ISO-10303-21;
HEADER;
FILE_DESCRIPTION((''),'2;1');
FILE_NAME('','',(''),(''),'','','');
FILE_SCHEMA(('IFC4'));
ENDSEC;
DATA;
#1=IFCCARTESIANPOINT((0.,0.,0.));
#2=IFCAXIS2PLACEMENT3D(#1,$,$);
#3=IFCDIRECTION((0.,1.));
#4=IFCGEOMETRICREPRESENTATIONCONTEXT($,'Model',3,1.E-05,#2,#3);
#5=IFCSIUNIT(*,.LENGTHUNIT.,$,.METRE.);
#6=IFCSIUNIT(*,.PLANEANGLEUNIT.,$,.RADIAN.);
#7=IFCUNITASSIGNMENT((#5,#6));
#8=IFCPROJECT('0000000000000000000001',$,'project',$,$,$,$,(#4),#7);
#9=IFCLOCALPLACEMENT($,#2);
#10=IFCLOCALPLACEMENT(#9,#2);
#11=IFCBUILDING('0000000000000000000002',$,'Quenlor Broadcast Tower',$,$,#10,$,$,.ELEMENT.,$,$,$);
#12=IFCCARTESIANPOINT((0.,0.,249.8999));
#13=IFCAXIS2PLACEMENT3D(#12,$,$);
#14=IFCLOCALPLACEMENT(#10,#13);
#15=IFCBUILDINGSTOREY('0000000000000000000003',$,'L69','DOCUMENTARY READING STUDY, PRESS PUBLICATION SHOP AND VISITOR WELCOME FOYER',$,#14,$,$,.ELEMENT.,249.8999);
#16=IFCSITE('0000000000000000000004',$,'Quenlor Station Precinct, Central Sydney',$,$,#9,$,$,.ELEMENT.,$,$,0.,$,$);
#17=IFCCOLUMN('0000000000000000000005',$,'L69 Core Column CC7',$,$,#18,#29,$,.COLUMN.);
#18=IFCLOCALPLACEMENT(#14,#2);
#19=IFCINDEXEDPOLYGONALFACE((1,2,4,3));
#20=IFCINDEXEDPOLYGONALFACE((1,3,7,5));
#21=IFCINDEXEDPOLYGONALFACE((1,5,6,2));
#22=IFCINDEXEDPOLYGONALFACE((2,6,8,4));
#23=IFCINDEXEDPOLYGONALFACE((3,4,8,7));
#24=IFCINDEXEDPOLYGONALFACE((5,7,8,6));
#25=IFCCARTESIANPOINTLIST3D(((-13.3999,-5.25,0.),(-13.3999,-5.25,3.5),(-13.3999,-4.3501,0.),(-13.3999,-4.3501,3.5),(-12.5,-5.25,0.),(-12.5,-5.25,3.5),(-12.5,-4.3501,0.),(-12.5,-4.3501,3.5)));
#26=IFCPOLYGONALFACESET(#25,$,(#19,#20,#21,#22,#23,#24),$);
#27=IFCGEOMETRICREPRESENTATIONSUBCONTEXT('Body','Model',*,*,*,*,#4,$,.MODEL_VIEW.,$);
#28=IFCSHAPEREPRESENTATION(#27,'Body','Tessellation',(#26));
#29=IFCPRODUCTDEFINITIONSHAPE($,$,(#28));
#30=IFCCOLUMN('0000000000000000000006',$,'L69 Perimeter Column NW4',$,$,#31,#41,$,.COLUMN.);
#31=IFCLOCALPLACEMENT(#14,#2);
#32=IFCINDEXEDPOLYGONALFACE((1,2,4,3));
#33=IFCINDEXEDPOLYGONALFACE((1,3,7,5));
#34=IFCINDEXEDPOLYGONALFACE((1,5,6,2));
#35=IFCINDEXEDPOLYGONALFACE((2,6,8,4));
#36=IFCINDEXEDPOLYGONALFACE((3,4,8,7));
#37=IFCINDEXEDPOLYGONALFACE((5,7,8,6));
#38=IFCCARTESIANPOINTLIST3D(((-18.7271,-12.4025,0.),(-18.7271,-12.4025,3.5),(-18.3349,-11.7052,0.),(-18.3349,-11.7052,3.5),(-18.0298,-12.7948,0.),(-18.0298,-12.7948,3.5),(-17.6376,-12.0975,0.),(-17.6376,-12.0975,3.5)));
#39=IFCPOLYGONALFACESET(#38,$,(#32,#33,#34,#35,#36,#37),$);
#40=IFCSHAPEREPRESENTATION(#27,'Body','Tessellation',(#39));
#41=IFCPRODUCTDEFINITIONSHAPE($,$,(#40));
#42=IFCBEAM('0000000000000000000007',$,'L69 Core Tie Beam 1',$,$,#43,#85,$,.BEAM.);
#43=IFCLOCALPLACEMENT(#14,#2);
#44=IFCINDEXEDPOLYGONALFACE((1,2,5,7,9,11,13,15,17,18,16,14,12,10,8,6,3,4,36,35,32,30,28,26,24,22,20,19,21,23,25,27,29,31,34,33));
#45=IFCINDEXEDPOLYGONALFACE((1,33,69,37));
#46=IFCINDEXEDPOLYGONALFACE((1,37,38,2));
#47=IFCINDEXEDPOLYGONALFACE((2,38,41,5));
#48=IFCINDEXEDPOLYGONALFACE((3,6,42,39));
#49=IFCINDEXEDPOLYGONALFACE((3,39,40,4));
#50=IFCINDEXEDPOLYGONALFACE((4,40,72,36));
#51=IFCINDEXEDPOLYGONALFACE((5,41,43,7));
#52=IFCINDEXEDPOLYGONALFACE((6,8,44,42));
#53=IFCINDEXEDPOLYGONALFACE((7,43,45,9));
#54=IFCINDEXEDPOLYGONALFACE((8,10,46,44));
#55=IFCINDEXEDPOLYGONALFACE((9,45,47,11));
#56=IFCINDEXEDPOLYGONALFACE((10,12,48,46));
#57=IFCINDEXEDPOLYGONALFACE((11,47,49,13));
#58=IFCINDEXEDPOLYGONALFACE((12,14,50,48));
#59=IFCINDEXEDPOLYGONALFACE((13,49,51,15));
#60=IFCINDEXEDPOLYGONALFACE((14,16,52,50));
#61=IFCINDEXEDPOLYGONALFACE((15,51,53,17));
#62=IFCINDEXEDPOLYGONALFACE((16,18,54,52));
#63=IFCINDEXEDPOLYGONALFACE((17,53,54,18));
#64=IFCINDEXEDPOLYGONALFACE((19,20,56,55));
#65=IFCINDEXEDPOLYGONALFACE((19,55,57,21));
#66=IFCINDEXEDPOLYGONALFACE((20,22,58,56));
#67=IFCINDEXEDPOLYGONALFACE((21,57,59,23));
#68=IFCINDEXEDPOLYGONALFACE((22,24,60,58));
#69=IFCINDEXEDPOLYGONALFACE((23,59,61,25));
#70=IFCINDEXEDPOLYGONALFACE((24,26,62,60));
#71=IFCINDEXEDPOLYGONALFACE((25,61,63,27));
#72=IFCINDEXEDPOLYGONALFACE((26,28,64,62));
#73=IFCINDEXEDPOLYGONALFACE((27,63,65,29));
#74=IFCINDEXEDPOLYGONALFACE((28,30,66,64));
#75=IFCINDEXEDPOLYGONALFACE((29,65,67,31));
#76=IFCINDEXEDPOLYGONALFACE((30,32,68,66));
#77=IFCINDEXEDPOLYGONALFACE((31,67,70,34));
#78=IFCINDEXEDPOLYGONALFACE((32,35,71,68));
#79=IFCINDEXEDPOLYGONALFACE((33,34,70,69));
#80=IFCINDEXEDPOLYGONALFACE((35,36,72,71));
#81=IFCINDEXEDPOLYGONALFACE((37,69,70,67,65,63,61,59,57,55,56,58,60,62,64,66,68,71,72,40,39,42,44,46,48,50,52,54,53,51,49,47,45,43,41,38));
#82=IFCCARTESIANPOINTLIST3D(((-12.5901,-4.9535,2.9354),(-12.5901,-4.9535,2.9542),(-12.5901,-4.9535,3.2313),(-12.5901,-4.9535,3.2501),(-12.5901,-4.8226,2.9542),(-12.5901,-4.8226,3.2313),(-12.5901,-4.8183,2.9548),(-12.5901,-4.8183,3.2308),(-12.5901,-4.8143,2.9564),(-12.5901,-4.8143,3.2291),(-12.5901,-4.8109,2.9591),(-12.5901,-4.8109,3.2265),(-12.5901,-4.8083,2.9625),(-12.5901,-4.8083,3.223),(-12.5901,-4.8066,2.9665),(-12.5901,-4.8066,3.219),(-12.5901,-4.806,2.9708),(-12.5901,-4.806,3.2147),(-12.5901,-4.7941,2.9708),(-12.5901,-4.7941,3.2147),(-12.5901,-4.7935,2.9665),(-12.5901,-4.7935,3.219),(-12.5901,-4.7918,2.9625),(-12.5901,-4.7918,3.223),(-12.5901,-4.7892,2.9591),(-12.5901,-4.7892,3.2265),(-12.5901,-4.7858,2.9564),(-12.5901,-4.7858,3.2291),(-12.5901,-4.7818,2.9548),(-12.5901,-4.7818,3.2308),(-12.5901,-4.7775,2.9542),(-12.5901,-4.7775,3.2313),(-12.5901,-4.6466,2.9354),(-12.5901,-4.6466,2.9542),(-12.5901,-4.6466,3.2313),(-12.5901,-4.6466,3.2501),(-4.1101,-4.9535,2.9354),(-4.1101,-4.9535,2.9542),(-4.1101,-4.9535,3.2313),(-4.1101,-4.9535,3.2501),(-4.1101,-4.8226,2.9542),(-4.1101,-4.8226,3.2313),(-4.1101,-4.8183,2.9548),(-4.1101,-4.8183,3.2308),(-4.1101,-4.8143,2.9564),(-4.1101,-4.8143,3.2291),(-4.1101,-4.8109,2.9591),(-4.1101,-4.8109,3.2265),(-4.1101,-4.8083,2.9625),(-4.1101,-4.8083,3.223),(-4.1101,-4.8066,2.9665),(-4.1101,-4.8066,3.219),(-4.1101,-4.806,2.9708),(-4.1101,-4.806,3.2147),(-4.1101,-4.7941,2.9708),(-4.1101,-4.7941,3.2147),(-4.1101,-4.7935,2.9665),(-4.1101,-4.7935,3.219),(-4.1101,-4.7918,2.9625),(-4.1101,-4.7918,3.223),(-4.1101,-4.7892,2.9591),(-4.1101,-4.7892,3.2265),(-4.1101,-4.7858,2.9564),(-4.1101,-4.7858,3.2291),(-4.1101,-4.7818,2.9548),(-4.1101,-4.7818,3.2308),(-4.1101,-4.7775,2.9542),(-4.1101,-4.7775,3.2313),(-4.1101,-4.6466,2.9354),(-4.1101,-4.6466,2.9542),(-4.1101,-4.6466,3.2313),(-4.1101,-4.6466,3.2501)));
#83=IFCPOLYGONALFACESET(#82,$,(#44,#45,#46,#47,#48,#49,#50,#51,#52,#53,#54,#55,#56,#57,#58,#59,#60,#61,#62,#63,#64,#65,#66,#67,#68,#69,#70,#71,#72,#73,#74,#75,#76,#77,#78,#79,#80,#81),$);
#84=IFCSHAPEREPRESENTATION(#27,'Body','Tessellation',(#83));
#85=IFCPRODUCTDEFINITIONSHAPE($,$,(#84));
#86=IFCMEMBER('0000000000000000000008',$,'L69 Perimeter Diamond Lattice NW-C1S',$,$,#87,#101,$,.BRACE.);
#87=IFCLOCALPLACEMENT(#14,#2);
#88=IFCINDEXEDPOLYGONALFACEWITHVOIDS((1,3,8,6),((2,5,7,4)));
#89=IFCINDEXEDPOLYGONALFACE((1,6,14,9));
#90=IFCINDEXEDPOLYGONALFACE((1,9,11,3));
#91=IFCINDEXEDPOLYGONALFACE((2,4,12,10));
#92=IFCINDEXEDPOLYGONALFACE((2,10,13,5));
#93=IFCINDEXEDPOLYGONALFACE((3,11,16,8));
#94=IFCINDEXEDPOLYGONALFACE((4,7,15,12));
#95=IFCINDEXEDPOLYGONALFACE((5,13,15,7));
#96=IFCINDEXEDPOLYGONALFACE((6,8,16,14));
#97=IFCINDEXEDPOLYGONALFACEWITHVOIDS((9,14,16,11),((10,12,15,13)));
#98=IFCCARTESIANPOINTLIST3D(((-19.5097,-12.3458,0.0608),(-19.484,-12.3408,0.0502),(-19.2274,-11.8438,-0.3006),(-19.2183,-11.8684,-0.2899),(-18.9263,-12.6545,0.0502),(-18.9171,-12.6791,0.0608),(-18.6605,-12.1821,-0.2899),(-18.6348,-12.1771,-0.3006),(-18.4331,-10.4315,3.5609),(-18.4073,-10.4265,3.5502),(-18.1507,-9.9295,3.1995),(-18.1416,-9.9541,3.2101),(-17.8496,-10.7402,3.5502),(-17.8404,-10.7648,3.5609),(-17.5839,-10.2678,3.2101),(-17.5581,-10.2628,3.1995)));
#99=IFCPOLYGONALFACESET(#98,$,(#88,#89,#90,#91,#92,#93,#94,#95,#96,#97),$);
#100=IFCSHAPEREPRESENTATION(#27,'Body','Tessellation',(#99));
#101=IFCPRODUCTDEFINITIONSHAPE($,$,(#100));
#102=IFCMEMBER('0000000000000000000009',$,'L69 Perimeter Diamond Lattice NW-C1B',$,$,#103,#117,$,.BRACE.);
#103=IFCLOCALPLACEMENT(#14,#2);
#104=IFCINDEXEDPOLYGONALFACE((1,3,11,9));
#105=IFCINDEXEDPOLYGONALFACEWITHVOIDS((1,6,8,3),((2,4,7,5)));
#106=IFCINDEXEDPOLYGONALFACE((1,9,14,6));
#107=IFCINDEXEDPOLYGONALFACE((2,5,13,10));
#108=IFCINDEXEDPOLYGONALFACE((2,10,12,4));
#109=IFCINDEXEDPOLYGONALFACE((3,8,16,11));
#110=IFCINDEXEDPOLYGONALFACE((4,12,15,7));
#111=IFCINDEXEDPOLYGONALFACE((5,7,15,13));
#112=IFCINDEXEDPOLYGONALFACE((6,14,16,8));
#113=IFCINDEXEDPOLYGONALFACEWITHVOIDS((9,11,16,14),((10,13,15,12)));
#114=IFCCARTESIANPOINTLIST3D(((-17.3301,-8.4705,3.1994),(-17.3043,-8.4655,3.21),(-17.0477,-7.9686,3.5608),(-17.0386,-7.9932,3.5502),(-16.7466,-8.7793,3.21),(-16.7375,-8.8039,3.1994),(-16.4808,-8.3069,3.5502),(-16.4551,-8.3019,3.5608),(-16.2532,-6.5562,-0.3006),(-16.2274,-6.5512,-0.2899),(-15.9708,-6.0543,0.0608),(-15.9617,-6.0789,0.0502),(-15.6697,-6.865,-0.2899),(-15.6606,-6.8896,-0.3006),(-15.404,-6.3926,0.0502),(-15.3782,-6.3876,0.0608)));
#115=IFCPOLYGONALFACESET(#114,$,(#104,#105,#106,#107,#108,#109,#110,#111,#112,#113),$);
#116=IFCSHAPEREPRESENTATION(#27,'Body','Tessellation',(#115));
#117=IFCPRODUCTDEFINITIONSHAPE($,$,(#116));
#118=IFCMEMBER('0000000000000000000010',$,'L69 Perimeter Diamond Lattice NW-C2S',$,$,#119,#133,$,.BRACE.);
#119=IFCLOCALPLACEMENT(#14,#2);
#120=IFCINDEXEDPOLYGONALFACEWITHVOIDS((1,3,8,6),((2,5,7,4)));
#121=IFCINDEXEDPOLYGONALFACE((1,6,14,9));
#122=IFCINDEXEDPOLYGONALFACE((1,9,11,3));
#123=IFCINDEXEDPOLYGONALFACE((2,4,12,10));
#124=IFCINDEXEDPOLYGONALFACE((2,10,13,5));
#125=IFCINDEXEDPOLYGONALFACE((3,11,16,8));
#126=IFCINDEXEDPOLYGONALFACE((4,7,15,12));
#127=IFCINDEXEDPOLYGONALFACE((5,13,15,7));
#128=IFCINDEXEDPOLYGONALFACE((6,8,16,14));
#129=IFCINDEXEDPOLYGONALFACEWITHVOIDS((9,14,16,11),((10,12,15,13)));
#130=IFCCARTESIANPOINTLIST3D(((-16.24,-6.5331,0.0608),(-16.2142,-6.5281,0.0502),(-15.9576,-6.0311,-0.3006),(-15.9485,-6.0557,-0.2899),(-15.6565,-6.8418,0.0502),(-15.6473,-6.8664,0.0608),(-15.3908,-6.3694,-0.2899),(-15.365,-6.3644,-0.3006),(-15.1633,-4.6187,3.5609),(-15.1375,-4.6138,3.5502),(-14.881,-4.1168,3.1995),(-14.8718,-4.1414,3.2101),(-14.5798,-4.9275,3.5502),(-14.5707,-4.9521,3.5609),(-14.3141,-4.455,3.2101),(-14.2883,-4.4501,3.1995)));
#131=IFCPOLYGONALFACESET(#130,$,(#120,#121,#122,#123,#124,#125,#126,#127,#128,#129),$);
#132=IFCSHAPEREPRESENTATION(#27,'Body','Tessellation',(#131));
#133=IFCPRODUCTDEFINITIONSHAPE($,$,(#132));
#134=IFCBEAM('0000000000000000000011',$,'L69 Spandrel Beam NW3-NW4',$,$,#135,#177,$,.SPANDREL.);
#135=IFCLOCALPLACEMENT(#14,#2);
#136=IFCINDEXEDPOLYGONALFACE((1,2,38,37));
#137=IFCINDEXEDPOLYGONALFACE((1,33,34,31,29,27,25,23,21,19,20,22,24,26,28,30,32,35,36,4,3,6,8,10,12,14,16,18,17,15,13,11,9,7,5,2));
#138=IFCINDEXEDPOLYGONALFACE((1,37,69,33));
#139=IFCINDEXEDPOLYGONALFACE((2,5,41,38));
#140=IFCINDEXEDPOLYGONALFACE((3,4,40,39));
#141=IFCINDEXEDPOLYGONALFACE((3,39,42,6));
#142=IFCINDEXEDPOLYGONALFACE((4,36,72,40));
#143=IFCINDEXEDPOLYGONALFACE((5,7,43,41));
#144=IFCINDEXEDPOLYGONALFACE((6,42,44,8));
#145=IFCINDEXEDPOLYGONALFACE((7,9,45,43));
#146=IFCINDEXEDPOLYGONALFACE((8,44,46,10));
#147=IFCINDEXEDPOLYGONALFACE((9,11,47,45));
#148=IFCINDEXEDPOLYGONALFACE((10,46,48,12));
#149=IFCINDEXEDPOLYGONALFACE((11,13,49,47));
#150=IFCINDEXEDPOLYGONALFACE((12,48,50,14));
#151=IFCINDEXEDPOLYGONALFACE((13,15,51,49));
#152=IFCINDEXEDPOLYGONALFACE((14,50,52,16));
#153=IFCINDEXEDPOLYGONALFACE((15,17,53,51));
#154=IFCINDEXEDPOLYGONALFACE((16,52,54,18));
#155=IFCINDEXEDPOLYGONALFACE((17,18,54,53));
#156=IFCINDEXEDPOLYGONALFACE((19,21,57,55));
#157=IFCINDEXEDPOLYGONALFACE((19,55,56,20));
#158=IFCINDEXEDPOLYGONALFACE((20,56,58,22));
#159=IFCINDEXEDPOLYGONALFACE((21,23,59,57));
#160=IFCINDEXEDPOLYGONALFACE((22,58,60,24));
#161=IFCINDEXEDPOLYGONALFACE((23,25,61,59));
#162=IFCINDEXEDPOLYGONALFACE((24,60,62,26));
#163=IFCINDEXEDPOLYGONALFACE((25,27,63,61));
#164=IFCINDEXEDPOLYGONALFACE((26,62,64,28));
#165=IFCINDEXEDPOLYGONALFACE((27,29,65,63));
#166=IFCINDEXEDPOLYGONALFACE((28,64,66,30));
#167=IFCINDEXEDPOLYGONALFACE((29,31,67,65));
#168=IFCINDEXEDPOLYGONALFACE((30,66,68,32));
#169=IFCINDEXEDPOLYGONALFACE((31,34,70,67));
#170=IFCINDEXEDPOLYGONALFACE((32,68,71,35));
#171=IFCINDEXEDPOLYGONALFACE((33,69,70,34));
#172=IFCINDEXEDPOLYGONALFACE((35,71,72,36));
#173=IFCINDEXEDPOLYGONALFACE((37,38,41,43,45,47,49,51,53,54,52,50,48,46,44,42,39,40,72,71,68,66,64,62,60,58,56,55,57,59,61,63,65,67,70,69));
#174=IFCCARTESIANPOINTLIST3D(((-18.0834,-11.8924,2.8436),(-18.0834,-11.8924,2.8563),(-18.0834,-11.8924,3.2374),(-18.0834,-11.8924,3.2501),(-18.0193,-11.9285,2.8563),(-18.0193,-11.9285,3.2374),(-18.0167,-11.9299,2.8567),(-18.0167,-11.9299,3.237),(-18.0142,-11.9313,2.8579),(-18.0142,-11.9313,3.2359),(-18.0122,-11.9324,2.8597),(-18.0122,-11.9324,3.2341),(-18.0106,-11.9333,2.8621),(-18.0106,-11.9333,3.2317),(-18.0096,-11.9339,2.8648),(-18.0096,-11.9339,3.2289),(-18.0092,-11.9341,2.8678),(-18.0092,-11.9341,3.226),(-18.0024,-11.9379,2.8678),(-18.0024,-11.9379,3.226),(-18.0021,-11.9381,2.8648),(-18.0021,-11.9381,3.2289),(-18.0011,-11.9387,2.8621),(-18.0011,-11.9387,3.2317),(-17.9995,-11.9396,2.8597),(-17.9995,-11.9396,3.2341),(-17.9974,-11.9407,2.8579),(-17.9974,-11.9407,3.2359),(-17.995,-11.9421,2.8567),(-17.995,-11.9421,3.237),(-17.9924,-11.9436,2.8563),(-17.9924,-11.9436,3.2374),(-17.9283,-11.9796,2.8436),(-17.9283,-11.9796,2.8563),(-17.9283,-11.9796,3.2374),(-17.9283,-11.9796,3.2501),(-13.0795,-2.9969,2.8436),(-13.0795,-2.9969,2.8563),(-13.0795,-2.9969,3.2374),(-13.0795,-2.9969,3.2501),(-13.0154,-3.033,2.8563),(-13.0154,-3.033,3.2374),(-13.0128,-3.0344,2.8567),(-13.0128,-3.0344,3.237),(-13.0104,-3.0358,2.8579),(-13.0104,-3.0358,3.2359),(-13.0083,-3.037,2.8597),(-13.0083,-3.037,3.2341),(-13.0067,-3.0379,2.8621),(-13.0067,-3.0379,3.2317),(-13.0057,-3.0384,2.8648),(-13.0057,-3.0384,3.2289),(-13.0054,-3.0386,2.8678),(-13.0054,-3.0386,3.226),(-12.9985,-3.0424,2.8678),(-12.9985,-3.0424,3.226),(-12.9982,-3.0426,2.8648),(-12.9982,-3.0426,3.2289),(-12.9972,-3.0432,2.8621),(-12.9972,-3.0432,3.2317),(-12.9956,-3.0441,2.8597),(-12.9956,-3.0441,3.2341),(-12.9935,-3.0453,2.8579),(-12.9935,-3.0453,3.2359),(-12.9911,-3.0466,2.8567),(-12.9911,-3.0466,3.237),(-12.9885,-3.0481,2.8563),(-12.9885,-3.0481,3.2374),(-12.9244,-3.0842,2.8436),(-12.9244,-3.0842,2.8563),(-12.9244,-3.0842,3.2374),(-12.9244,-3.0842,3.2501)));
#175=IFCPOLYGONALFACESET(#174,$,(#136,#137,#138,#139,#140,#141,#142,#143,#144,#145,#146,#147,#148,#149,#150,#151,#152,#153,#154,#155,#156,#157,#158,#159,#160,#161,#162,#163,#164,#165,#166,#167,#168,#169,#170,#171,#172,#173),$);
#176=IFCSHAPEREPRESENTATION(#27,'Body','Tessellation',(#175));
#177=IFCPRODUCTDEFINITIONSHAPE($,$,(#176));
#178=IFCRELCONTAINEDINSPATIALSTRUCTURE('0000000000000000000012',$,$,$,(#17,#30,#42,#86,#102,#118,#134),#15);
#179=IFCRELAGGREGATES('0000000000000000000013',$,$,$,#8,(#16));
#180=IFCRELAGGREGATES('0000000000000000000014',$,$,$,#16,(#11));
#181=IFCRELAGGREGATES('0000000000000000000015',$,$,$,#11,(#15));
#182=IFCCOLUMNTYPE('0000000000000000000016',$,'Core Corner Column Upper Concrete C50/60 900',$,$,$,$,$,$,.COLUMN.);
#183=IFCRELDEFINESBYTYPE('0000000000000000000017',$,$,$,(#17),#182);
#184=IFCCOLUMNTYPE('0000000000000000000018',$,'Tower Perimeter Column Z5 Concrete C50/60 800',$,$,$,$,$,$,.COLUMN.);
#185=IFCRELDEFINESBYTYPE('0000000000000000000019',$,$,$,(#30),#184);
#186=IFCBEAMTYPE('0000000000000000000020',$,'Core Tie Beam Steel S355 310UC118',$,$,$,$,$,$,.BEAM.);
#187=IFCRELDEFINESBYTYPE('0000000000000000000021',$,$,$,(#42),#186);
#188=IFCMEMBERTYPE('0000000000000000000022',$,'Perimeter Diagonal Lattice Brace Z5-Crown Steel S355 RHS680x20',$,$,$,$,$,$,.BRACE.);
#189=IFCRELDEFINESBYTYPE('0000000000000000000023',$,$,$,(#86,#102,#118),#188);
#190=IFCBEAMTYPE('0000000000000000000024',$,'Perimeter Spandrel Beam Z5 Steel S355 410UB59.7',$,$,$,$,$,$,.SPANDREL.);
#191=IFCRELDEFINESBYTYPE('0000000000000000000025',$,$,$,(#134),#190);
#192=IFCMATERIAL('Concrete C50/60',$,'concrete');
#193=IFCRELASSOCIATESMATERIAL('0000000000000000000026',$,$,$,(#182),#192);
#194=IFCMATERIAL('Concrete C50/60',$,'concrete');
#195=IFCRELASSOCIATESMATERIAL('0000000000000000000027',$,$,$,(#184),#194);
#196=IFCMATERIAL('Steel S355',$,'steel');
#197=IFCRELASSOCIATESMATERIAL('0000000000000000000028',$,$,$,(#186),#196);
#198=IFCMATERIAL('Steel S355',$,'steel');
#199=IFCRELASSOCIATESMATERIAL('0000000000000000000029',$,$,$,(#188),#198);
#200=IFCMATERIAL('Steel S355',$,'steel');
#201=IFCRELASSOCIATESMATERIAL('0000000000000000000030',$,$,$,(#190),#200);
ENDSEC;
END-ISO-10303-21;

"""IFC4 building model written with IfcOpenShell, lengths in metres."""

from ifc_helpers import new_model, si_unit, direction, frame, origin, origin_2d, place, context, subcontext, project, spatial, rectangle, hollow_rectangle, i_section, extrude, material, material_profile, profile_set, type_object, element, save


model = new_model("IFC4")

# Units and contexts
model_context = context("Model", 3, precision=1e-05, world=origin(), true_north=direction((0.0, 1.0)))
body_context = subcontext(model_context, "Body", "Model", "MODEL_VIEW")
ifc_project = project(units=[si_unit("LENGTHUNIT", "METRE"), si_unit("PLANEANGLEUNIT", "RADIAN")], contexts=[model_context])

# Site, building, storey
site_placement = place(None, origin())
site = spatial("IfcSite", under=ifc_project, at=site_placement, Name="Quenlor Station Precinct, Central Sydney", CompositionType="ELEMENT", RefElevation=0.0)
building_placement = place(site_placement, origin())
building = spatial("IfcBuilding", under=site, at=building_placement, Name="Quenlor Broadcast Tower", CompositionType="ELEMENT")
storey_placement = place(building_placement, frame((0.0, 0.0, 249.8999)))
storey = spatial("IfcBuildingStorey", under=building, at=storey_placement, Name="L69", Description="DOCUMENTARY READING STUDY, PRESS PUBLICATION SHOP AND VISITOR WELCOME FOYER", CompositionType="ELEMENT", Elevation=249.8999)

# Columns
ifc_material_1 = material(Name="Concrete C50/60", Category="concrete")
ifc_material_profile_1 = material_profile(ifc_material_1, rectangle(XDim=0.8999, YDim=0.8999, at=origin_2d()))
ifc_profile_set_1 = profile_set([ifc_material_profile_1], Name="Concrete C50/60 RC900x900")
column_type_1 = type_object("IfcColumnType", Name="Core Corner Column Upper Concrete C50/60 900", PredefinedType="COLUMN", material=ifc_profile_set_1)
column_1_placement = place(storey_placement, frame((-12.95, -4.8, 0.0), z_axis=(0.0, 0.0, 1.0), x_axis=(1.0, 0.0, 0.0)))
element("IfcColumn", 1, at=column_1_placement, inside=storey, type_object=column_type_1, Name="L69 Core Column CC7", PredefinedType="COLUMN", context=body_context, shape_type="SweptSolid", body=[
    extrude(rectangle(XDim=0.8999, YDim=0.8999, at=origin_2d()), origin(), (0.0, 0.0, 1.0), 3.5),
])
ifc_material_2 = material(Name="Concrete C50/60", Category="concrete")
ifc_material_profile_2 = material_profile(ifc_material_2, rectangle(XDim=0.8, YDim=0.8, at=origin_2d()))
ifc_profile_set_2 = profile_set([ifc_material_profile_2], Name="Concrete C50/60 RC800x800")
column_type_2 = type_object("IfcColumnType", Name="Tower Perimeter Column Z5 Concrete C50/60 800", PredefinedType="COLUMN", material=ifc_profile_set_2)
column_2_placement = place(storey_placement, frame((-18.1824, -12.25, 0.0), z_axis=(0.0, 0.0, 1.0), x_axis=(-0.871575, 0.490262, 0.0)))
element("IfcColumn", 2, at=column_2_placement, inside=storey, type_object=column_type_2, Name="L69 Perimeter Column NW4", PredefinedType="COLUMN", context=body_context, shape_type="SweptSolid", body=[
    extrude(rectangle(XDim=0.8, YDim=0.8, at=origin_2d()), origin(), (0.0, 0.0, 1.0), 3.5),
])

# Beam
ifc_material_3 = material(Name="Steel S355", Category="steel")
ifc_material_profile_3 = material_profile(ifc_material_3, i_section(OverallWidth=0.3069, OverallDepth=0.3147, WebThickness=0.012, FlangeThickness=0.0188, FilletRadius=0.0166, at=origin_2d()))
ifc_profile_set_3 = profile_set([ifc_material_profile_3], Name="Steel S355 310UC118")
beam_type_1 = type_object("IfcBeamType", Name="Core Tie Beam Steel S355 310UC118", PredefinedType="BEAM", material=ifc_profile_set_3)
beam_1_placement = place(storey_placement, frame((-12.5901, -4.8, 3.0928), z_axis=(1.0, 0.0, 0.0), x_axis=(0.0, 1.0, 0.0)))
element("IfcBeam", 3, at=beam_1_placement, inside=storey, type_object=beam_type_1, Name="L69 Core Tie Beam 1", PredefinedType="BEAM", context=body_context, shape_type="SweptSolid", body=[
    extrude(i_section(OverallWidth=0.3069, OverallDepth=0.3147, WebThickness=0.012, FlangeThickness=0.0188, FilletRadius=0.0166, at=origin_2d()), origin(), (0.0, 0.0, 1.0), 8.48),
])

# Members
ifc_material_4 = material(Name="Steel S355", Category="steel")
ifc_material_profile_4 = material_profile(ifc_material_4, hollow_rectangle(XDim=0.6799, YDim=0.6799, WallThickness=0.02, at=origin_2d()))
ifc_profile_set_4 = profile_set([ifc_material_profile_4], Name="Steel S355 RHS680x680x20")
member_type = type_object("IfcMemberType", Name="Perimeter Diagonal Lattice Brace Z5-Crown Steel S355 RHS680x20", PredefinedType="BRACE", material=ifc_profile_set_4)
for number, where, z_axis, x_axis, name in (
    (4, (-19.0723, -12.2615, -0.1199), (0.260564, 0.463283, 0.847039), (-0.871602, 0.490214, 0.0), "L69 Perimeter Diamond Lattice NW-C1S"),
    (5, (-15.8157, -6.4719, -0.1199), (-0.260619, -0.463276, 0.847026), (0.871555, -0.490298, 0.0), "L69 Perimeter Diamond Lattice NW-C1B"),
    (6, (-15.8025, -6.4487, -0.1199), (0.260564, 0.463283, 0.847039), (-0.871602, 0.490214, 0.0), "L69 Perimeter Diamond Lattice NW-C2S"),
):
    element("IfcMember", number, at=place(storey_placement, frame(where, z_axis=z_axis, x_axis=x_axis)), inside=storey, type_object=member_type, Name=name, PredefinedType="BRACE", context=body_context, shape_type="SweptSolid", body=[
        extrude(hollow_rectangle(XDim=0.6799, YDim=0.6799, WallThickness=0.02, at=origin_2d()), origin(), (0.0, 0.0, 1.0), 4.1321),
    ])

# Beam
ifc_material_5 = material(Name="Steel S355", Category="steel")
ifc_material_profile_5 = material_profile(ifc_material_5, i_section(OverallWidth=0.178, OverallDepth=0.4065, WebThickness=0.0078, FlangeThickness=0.0127, FilletRadius=0.0115, at=origin_2d()))
ifc_profile_set_5 = profile_set([ifc_material_profile_5], Name="Steel S355 410UB59.7")
beam_type_2 = type_object("IfcBeamType", Name="Perimeter Spandrel Beam Z5 Steel S355 410UB59.7", PredefinedType="SPANDREL", material=ifc_profile_set_5)
beam_2_placement = place(storey_placement, frame((-13.002, -3.0405, 3.0469), z_axis=(-0.490275, -0.871568, 0.0), x_axis=(0.871568, -0.490275, 0.0)))
element("IfcBeam", 7, at=beam_2_placement, inside=storey, type_object=beam_type_2, Name="L69 Spandrel Beam NW3-NW4", PredefinedType="SPANDREL", context=body_context, shape_type="SweptSolid", body=[
    extrude(i_section(OverallWidth=0.178, OverallDepth=0.4065, WebThickness=0.0078, FlangeThickness=0.0127, FilletRadius=0.0115, at=origin_2d()), origin(), (0.0, 0.0, 1.0), 10.2063),
])

save(model, "model.ifc")
